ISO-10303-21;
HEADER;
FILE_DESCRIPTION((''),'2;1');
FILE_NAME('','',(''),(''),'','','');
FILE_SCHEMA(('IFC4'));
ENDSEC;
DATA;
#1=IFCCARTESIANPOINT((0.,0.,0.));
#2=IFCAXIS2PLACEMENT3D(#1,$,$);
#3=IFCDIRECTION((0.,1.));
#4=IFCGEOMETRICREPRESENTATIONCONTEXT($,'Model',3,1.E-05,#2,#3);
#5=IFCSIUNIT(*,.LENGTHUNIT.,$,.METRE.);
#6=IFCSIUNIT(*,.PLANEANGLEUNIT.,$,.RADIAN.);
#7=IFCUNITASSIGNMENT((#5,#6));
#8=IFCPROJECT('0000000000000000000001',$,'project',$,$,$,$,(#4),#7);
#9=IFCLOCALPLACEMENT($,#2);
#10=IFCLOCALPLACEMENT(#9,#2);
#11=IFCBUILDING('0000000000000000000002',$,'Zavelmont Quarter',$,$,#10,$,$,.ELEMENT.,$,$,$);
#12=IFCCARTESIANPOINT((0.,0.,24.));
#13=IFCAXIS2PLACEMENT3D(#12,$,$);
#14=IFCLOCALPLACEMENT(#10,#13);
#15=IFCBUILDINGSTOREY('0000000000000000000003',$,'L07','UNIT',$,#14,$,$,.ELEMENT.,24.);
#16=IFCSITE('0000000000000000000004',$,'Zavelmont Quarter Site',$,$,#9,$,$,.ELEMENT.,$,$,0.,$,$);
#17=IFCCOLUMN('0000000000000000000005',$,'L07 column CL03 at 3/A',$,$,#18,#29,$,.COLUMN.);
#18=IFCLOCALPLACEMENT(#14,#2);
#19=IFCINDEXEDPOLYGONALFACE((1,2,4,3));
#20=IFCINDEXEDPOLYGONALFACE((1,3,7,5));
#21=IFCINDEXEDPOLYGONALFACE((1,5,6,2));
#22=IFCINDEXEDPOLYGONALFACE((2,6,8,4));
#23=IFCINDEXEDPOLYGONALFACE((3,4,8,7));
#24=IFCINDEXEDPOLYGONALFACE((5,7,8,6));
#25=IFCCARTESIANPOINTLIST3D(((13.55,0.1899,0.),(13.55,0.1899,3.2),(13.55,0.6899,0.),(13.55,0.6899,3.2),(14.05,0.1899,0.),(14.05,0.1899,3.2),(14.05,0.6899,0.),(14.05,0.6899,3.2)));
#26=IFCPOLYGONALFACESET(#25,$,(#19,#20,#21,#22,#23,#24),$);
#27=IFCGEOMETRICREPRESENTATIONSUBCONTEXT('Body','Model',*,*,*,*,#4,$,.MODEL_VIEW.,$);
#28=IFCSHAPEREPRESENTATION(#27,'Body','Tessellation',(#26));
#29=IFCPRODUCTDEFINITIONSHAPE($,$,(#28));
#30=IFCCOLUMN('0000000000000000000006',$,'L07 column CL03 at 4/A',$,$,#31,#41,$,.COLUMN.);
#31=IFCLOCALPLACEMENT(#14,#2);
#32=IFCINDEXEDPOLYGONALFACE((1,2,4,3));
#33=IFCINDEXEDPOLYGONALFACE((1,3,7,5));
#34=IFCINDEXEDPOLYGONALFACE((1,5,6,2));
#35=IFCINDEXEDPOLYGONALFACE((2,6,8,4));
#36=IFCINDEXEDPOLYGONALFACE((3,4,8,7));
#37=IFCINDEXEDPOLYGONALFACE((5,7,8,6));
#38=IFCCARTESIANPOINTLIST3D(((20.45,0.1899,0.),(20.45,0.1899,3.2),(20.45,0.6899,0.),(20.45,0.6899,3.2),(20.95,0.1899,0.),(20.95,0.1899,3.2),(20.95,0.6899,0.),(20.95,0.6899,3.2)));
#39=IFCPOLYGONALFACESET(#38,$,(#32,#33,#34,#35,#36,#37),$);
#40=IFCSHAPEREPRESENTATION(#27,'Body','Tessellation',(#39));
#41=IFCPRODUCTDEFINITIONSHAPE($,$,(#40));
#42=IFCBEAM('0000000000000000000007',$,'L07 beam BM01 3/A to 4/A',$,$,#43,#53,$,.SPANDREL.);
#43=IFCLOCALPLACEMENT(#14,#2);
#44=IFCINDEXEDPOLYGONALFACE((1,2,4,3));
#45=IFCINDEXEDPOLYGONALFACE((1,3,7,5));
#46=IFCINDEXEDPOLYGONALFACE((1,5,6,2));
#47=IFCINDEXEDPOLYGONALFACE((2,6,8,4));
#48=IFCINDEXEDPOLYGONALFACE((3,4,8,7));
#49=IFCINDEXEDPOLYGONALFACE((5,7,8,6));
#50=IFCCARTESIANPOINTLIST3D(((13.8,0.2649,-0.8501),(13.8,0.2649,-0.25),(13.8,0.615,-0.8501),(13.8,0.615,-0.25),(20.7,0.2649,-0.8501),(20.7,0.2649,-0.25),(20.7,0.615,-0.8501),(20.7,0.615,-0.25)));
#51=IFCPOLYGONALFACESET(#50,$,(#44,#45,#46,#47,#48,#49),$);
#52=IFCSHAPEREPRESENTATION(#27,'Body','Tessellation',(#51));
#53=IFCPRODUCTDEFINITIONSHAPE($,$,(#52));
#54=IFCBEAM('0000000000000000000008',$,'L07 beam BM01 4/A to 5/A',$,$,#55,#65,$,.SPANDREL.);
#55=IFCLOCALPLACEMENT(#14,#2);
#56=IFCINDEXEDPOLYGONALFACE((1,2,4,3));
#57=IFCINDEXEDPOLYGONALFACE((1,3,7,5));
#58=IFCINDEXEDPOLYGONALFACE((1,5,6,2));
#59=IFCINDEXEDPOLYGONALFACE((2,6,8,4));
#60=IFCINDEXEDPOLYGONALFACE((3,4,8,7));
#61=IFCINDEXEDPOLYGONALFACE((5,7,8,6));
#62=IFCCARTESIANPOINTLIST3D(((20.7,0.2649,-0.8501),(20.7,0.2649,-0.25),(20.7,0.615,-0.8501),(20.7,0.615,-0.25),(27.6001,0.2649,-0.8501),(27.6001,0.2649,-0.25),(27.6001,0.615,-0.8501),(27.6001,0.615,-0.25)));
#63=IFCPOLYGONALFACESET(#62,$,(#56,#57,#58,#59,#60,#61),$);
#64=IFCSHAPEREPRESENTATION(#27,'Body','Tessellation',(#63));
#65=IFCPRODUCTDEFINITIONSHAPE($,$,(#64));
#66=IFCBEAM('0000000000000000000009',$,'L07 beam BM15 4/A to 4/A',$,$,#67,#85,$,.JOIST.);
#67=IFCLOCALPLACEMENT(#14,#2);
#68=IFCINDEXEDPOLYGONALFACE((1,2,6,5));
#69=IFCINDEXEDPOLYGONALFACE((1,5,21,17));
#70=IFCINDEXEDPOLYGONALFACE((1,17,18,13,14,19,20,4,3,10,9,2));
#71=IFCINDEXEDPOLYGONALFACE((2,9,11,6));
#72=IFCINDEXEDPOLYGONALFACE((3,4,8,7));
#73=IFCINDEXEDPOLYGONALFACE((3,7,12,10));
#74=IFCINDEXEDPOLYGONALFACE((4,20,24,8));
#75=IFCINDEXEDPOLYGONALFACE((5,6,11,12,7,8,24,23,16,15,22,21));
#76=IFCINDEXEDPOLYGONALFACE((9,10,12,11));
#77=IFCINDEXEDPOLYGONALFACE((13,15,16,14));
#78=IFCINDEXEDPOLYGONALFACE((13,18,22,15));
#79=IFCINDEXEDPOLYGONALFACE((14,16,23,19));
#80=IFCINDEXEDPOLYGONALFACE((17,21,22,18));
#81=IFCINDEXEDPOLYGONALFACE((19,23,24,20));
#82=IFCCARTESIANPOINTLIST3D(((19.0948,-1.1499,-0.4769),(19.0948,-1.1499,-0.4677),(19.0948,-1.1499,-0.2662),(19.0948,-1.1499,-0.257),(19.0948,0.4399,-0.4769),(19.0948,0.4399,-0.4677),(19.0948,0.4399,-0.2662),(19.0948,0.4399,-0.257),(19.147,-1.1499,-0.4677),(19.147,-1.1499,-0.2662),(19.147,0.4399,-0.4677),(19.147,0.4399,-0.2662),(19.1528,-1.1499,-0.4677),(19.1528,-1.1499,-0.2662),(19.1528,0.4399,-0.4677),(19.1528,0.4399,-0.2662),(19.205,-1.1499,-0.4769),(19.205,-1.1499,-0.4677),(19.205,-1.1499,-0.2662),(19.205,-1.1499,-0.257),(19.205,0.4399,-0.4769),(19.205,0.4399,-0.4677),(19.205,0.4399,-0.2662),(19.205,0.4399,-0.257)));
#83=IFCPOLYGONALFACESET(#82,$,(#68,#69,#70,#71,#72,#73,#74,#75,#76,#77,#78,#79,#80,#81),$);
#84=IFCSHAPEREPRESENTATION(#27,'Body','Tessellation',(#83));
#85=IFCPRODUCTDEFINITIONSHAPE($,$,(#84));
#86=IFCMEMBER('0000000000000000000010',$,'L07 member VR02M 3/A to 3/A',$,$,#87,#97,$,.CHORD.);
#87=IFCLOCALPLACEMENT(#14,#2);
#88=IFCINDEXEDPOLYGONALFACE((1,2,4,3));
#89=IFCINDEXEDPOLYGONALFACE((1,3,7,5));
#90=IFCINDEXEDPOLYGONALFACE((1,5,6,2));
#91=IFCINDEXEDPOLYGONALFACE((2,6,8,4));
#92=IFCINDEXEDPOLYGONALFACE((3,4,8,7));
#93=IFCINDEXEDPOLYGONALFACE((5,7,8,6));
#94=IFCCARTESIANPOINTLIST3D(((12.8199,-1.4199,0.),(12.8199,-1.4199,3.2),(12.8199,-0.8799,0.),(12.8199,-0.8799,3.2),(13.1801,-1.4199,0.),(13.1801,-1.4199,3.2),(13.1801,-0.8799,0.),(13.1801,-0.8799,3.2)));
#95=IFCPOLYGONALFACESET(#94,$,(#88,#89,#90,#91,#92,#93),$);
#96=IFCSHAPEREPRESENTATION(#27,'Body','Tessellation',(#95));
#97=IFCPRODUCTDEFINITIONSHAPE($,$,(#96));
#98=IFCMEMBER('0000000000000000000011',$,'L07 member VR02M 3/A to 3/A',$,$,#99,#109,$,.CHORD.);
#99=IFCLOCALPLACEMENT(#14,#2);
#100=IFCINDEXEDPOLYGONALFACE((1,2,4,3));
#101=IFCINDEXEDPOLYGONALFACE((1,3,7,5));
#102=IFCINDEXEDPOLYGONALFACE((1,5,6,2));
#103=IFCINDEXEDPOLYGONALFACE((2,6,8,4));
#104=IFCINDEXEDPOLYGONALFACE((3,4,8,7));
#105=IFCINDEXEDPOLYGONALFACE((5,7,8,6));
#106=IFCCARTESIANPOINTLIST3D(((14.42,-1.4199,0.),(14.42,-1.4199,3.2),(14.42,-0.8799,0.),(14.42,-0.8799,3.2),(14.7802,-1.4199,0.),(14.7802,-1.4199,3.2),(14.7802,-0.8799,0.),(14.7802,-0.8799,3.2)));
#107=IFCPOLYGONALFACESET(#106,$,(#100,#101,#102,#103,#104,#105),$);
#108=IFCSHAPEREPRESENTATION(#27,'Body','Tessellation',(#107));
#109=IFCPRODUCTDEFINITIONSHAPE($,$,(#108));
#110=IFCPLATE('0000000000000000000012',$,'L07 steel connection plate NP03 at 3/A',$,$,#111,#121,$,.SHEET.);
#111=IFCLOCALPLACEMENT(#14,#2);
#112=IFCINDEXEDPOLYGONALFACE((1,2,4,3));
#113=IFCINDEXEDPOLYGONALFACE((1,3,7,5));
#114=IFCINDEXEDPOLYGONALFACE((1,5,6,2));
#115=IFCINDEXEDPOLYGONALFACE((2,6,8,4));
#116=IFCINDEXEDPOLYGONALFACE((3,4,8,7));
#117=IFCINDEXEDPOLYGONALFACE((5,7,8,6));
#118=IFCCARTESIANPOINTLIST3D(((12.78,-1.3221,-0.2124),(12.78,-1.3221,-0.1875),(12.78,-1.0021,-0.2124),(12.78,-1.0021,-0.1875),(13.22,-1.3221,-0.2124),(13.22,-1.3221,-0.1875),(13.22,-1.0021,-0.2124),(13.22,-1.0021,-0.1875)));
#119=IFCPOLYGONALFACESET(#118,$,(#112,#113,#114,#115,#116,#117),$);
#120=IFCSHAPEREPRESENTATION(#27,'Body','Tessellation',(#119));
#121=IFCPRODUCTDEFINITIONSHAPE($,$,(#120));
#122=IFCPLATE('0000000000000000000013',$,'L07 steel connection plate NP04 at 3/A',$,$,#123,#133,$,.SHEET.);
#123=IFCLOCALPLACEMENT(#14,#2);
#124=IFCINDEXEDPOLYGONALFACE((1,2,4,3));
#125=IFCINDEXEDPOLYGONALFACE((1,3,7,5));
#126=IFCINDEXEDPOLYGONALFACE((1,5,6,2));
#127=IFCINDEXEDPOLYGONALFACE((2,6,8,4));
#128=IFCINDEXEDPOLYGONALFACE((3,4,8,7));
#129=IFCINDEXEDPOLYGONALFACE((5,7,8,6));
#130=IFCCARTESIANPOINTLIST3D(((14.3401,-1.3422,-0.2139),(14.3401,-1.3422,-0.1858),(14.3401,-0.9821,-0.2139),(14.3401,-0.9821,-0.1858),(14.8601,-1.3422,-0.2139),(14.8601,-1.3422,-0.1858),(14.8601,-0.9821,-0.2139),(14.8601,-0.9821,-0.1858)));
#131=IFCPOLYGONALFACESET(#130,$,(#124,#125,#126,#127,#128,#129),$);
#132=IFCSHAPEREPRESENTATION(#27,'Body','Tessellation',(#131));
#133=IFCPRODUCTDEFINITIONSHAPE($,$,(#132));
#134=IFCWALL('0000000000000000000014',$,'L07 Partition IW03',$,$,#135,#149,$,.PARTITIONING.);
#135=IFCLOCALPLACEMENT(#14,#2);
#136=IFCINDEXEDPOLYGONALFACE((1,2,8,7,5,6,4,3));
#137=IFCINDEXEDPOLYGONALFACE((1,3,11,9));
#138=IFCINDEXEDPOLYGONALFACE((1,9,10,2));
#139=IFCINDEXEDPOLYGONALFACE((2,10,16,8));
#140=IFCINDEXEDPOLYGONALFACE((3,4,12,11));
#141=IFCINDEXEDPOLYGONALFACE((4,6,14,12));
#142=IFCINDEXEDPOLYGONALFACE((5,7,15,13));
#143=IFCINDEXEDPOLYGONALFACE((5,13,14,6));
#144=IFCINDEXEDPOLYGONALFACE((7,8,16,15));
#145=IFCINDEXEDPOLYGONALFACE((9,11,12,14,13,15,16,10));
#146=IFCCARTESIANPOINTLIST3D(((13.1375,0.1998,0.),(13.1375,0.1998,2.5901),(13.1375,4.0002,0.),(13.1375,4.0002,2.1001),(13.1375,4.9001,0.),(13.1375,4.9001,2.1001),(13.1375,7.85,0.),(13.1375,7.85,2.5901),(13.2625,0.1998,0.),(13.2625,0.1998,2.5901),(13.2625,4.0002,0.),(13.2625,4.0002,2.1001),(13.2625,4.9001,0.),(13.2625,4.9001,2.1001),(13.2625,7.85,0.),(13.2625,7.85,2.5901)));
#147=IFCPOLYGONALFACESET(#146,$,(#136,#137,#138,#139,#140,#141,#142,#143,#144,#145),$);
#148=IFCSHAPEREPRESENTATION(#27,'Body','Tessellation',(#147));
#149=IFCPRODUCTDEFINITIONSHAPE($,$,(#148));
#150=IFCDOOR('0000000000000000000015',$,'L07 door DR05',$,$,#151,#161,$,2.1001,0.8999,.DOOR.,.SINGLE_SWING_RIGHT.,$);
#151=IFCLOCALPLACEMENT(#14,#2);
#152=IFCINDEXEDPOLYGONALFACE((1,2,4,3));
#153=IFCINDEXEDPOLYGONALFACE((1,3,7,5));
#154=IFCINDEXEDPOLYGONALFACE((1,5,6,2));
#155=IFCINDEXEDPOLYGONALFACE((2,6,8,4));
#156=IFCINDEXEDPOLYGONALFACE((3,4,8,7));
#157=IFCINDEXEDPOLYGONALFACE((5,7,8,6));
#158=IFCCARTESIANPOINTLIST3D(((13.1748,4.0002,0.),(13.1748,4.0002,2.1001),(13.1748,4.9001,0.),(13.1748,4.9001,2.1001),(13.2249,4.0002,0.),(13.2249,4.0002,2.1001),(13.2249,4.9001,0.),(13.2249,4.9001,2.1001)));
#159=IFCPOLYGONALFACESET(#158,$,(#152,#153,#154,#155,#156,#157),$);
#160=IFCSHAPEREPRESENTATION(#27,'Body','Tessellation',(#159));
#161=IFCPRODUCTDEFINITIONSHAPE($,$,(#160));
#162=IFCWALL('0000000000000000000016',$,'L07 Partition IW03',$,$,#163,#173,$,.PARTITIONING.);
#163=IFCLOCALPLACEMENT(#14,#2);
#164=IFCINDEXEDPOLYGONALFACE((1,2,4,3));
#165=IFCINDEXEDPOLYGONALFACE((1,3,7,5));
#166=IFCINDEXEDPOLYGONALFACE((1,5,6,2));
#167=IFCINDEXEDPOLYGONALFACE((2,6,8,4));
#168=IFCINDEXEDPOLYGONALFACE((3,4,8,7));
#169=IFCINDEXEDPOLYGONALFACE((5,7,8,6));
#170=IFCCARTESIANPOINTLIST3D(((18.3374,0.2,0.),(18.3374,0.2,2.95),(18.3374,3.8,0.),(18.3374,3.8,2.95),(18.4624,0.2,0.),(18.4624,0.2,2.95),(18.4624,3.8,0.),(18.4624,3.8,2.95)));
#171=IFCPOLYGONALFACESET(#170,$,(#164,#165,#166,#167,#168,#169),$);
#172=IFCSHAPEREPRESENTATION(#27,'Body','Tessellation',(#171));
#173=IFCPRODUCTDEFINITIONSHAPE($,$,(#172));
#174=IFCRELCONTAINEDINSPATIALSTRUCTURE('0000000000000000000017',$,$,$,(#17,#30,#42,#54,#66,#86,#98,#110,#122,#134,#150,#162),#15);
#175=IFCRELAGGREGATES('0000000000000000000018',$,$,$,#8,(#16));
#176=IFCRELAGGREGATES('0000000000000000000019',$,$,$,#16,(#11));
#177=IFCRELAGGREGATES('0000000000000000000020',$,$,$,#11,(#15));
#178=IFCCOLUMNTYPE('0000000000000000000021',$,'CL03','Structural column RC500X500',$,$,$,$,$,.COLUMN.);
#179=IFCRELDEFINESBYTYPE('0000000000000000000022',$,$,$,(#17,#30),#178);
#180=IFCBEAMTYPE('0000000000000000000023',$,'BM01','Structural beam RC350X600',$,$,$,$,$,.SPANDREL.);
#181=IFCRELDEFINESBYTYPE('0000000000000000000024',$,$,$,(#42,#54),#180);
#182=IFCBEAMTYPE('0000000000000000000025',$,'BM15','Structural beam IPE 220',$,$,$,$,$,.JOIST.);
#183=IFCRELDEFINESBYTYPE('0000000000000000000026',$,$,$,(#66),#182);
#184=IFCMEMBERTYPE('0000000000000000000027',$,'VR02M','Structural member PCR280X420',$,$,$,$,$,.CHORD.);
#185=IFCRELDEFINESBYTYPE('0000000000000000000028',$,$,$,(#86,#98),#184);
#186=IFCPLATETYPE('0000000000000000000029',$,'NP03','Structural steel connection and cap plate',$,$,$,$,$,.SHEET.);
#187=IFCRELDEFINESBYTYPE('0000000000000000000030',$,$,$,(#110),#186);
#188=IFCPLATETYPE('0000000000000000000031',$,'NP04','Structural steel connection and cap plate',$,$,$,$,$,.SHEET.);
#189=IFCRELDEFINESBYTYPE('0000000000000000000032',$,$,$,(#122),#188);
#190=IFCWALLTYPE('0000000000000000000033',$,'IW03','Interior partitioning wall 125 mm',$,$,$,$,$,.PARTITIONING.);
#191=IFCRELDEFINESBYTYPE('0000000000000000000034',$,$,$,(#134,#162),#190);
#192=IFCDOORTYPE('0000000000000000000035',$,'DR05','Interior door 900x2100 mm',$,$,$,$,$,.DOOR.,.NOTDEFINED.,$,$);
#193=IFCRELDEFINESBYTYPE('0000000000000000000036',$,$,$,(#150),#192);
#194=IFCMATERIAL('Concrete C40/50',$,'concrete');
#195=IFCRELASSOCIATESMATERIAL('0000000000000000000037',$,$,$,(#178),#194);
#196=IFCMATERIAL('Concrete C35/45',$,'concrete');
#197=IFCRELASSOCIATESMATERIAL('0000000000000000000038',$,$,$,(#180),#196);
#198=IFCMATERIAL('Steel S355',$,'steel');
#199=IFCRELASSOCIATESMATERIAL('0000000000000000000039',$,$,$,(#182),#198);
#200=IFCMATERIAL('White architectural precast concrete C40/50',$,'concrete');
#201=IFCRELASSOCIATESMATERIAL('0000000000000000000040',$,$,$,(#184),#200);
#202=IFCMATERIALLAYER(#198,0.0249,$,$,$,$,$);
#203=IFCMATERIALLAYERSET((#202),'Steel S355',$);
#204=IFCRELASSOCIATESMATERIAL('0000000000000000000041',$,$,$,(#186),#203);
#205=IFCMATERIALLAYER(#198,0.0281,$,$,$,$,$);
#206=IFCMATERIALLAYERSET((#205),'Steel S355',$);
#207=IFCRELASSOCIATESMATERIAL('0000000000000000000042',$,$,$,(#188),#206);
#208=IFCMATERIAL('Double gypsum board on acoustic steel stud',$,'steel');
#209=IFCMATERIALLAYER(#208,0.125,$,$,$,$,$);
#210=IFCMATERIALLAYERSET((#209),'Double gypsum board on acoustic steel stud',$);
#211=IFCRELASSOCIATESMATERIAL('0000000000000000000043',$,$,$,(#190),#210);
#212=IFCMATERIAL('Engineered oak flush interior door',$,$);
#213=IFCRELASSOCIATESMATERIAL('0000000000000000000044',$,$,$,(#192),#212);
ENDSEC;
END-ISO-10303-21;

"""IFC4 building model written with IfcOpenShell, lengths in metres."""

from ifc_helpers import new_model, si_unit, direction, frame, frame_2d, origin, origin_with_axes, origin_2d, place, context, subcontext, project, spatial, rectangle, i_section, extrude, material, layer, layer_set, material_profile, profile_set, type_object, element, fill, save


model = new_model("IFC4")

# Units and contexts
model_context = context("Model", 3, precision=1e-05, world=origin(), true_north=direction((0.0, 1.0)))
body_context = subcontext(model_context, "Body", "Model", "MODEL_VIEW")
ifc_project = project(units=[si_unit("LENGTHUNIT", "METRE"), si_unit("PLANEANGLEUNIT", "RADIAN")], contexts=[model_context])

# Site, building, storey
site_placement = place(None, origin())
site = spatial("IfcSite", under=ifc_project, at=site_placement, Name="Zavelmont Quarter Site", CompositionType="ELEMENT", RefElevation=0.0)
building_placement = place(site_placement, origin())
building = spatial("IfcBuilding", under=site, at=building_placement, Name="Zavelmont Quarter", CompositionType="ELEMENT")
storey_placement = place(building_placement, frame((0.0, 0.0, 24.0)))
storey = spatial("IfcBuildingStorey", under=building, at=storey_placement, Name="L07", Description="UNIT", CompositionType="ELEMENT", Elevation=24.0)

# Columns
ifc_material_1 = material(Name="Concrete C40/50", Category="concrete")
ifc_material_profile_1 = material_profile(ifc_material_1, rectangle(XDim=0.5, YDim=0.5, at=origin_2d()), Name="RC500X500")
ifc_profile_set_1 = profile_set([ifc_material_profile_1], Name="Concrete C40/50")
column_type = type_object("IfcColumnType", Name="CL03", Description="Structural column RC500X500", PredefinedType="COLUMN", material=ifc_profile_set_1)
for number, where, z_axis, x_axis, name in (
    (1, (13.8, 0.4399, 0.0), (0.0, 0.0, 1.0), (1.0, 0.0, 0.0), "L07 column CL03 at 3/A"),
    (2, (20.7, 0.4399, 0.0), (0.0, 0.0, 1.0), (1.0, 0.0, 0.0), "L07 column CL03 at 4/A"),
):
    element("IfcColumn", number, at=place(storey_placement, frame(where, z_axis=z_axis, x_axis=x_axis)), inside=storey, type_object=column_type, Name=name, PredefinedType="COLUMN", context=body_context, shape_type="SweptSolid", body=[
        extrude(rectangle(XDim=0.5, YDim=0.5, at=origin_2d()), origin(), (0.0, 0.0, 1.0), 3.2),
    ])

# Beams
ifc_material_2 = material(Name="Concrete C35/45", Category="concrete")
ifc_material_profile_2 = material_profile(ifc_material_2, rectangle(XDim=0.3501, YDim=0.6001, at=origin_2d()), Name="RC350X600")
ifc_profile_set_2 = profile_set([ifc_material_profile_2], Name="Concrete C35/45")
beam_type_1 = type_object("IfcBeamType", Name="BM01", Description="Structural beam RC350X600", PredefinedType="SPANDREL", material=ifc_profile_set_2)
beam_1_placement = place(storey_placement, frame((13.8, 0.4399, -0.55), z_axis=(1.0, 0.0, 0.0), x_axis=(0.0, 1.0, 0.0)))
element("IfcBeam", 3, at=beam_1_placement, inside=storey, type_object=beam_type_1, Name="L07 beam BM01 3/A to 4/A", PredefinedType="SPANDREL", context=body_context, shape_type="SweptSolid", body=[
    extrude(rectangle(XDim=0.3501, YDim=0.6001, at=origin_2d()), origin(), (0.0, 0.0, 1.0), 6.8999),
])
beam_2_placement = place(storey_placement, frame((20.7, 0.4399, -0.55), z_axis=(1.0, 0.0, 0.0), x_axis=(0.0, 1.0, 0.0)))
element("IfcBeam", 4, at=beam_2_placement, inside=storey, type_object=beam_type_1, Name="L07 beam BM01 4/A to 5/A", PredefinedType="SPANDREL", context=body_context, shape_type="SweptSolid", body=[
    extrude(rectangle(XDim=0.3501, YDim=0.6001, at=origin_2d()), origin(), (0.0, 0.0, 1.0), 6.9001),
])
ifc_material_3 = material(Name="Steel S355", Category="steel")
ifc_material_profile_3 = material_profile(ifc_material_3, i_section(OverallWidth=0.1101, OverallDepth=0.22, WebThickness=0.0059, FlangeThickness=0.0093, at=origin_2d()), Name="IPE 220")
ifc_profile_set_3 = profile_set([ifc_material_profile_3], Name="Steel S355")
beam_type_2 = type_object("IfcBeamType", Name="BM15", Description="Structural beam IPE 220", PredefinedType="JOIST", material=ifc_profile_set_3)
beam_3_placement = place(storey_placement, frame((19.1499, 0.4399, -0.3669), z_axis=(0.0, -1.0, 0.0), x_axis=(1.0, 0.0, 0.0)))
element("IfcBeam", 5, at=beam_3_placement, inside=storey, type_object=beam_type_2, Name="L07 beam BM15 4/A to 4/A", PredefinedType="JOIST", context=body_context, shape_type="SweptSolid", body=[
    extrude(i_section(OverallWidth=0.1101, OverallDepth=0.22, WebThickness=0.0059, FlangeThickness=0.0093, at=origin_2d()), origin(), (0.0, 0.0, 1.0), 1.5898),
])

# Members
ifc_material_4 = material(Name="White architectural precast concrete C40/50", Category="concrete")
ifc_material_profile_4 = material_profile(ifc_material_4, rectangle(XDim=0.3601, YDim=0.54, at=origin_2d()), Name="PCR280X420")
ifc_profile_set_4 = profile_set([ifc_material_profile_4], Name="White architectural precast concrete C40/50")
member_type = type_object("IfcMemberType", Name="VR02M", Description="Structural member PCR280X420", PredefinedType="CHORD", material=ifc_profile_set_4)
for number, where, z_axis, x_axis, name in (
    (6, (13.0, -1.1499, 0.0), (0.0, 0.0, 1.0), (1.0, 0.0, 0.0), "L07 member VR02M 3/A to 3/A"),
    (7, (14.6001, -1.1499, 0.0), (0.0, 0.0, 1.0), (1.0, 0.0, 0.0), "L07 member VR02M 3/A to 3/A"),
):
    element("IfcMember", number, at=place(storey_placement, frame(where, z_axis=z_axis, x_axis=x_axis)), inside=storey, type_object=member_type, Name=name, PredefinedType="CHORD", context=body_context, shape_type="SweptSolid", body=[
        extrude(rectangle(XDim=0.3601, YDim=0.54, at=origin_2d()), origin(), (0.0, 0.0, 1.0), 3.2),
    ])

# Plates
ifc_layer_1 = layer(ifc_material_3, 0.0249)
ifc_layer_set_1 = layer_set([ifc_layer_1], Name="Steel S355")
plate_type_1 = type_object("IfcPlateType", Name="NP03", Description="Structural steel connection and cap plate", PredefinedType="SHEET", material=ifc_layer_set_1)
plate_1_placement = place(storey_placement, frame((13.0, -1.1621, -0.2124), z_axis=(0.0, 0.0, 1.0), x_axis=(1.0, 0.0, 0.0)))
element("IfcPlate", 8, at=plate_1_placement, inside=storey, type_object=plate_type_1, Name="L07 steel connection plate NP03 at 3/A", PredefinedType="SHEET", context=body_context, shape_type="SweptSolid", body=[
    extrude(rectangle(XDim=0.4399, YDim=0.3201, at=origin_2d()), origin(), (0.0, 0.0, 1.0), 0.0249),
])
ifc_layer_2 = layer(ifc_material_3, 0.0281)
ifc_layer_set_2 = layer_set([ifc_layer_2], Name="Steel S355")
plate_type_2 = type_object("IfcPlateType", Name="NP04", Description="Structural steel connection and cap plate", PredefinedType="SHEET", material=ifc_layer_set_2)
plate_2_placement = place(storey_placement, frame((14.6001, -1.1621, -0.2139), z_axis=(0.0, 0.0, 1.0), x_axis=(1.0, 0.0, 0.0)))
element("IfcPlate", 9, at=plate_2_placement, inside=storey, type_object=plate_type_2, Name="L07 steel connection plate NP04 at 3/A", PredefinedType="SHEET", context=body_context, shape_type="SweptSolid", body=[
    extrude(rectangle(XDim=0.52, YDim=0.3601, at=origin_2d()), origin(), (0.0, 0.0, 1.0), 0.0281),
])

# Wall, opening, door
ifc_material_5 = material(Name="Double gypsum board on acoustic steel stud", Category="steel")
ifc_layer_3 = layer(ifc_material_5, 0.125)
ifc_layer_set_3 = layer_set([ifc_layer_3], Name="Double gypsum board on acoustic steel stud")
wall_type_1 = type_object("IfcWallType", Name="IW03", Description="Interior partitioning wall 125 mm", PredefinedType="PARTITIONING", material=ifc_layer_set_3)
wall_1_placement = place(storey_placement, frame((13.2, 7.8501, 0.0), z_axis=(0.0, 0.0, 1.0), x_axis=(0.0, -1.0, 0.0)))
wall_1 = element("IfcWall", 10, at=wall_1_placement, inside=storey, type_object=wall_type_1, Name="L07 Partition IW03", PredefinedType="PARTITIONING", context=body_context, shape_type="SweptSolid", body=[
    extrude(rectangle(XDim=7.6501, YDim=0.125, at=frame_2d((3.8252, 0.0))), origin(), (0.0, 0.0, 1.0), 2.5901),
])
opening_1_placement = place(wall_1_placement, frame((2.95, 0.0, 0.0)))
opening_1 = element("IfcOpeningElement", 11, at=opening_1_placement, cuts=wall_1, PredefinedType="OPENING", context=body_context, shape_type="SweptSolid", body=[
    extrude(rectangle(XDim=0.8999, YDim=2.1001, at=frame_2d((0.45, 1.05))), frame((0.0, 0.0745, 0.0), z_axis=(0.0, -1.0, 0.0), x_axis=(1.0, 0.0, 0.0)), (0.0, 0.0, 1.0), 0.1489),
])
ifc_material_6 = material(Name="Engineered oak flush interior door")
door_type_1 = type_object("IfcDoorType", Name="DR05", Description="Interior door 900x2100 mm", OperationType="NOTDEFINED", PredefinedType="DOOR", material=ifc_material_6)
door_1_placement = place(opening_1_placement, origin_with_axes())
door_1 = element("IfcDoor", 12, at=door_1_placement, inside=storey, type_object=door_type_1, Name="L07 door DR05", OperationType="SINGLE_SWING_RIGHT", OverallHeight=2.1001, OverallWidth=0.8999, PredefinedType="DOOR", context=body_context, shape_type="SweptSolid", body=[
    extrude(rectangle(XDim=0.8999, YDim=2.1001, at=frame_2d((0.45, 1.05))), frame((0.0, 0.0249, 0.0), z_axis=(0.0, -1.0, 0.0), x_axis=(1.0, 0.0, 0.0)), (0.0, 0.0, 1.0), 0.05),
])
fill(opening_1, door_1)

# Wall
wall_2_placement = place(storey_placement, frame((18.3999, 3.8, 0.0), z_axis=(0.0, 0.0, 1.0), x_axis=(0.0, -1.0, 0.0)))
element("IfcWall", 13, at=wall_2_placement, inside=storey, type_object=wall_type_1, Name="L07 Partition IW03", PredefinedType="PARTITIONING", context=body_context, shape_type="SweptSolid", body=[
    extrude(rectangle(XDim=3.6001, YDim=0.125, at=frame_2d((1.8, 0.0))), origin(), (0.0, 0.0, 1.0), 2.95),
])

save(model, "model.ifc")
